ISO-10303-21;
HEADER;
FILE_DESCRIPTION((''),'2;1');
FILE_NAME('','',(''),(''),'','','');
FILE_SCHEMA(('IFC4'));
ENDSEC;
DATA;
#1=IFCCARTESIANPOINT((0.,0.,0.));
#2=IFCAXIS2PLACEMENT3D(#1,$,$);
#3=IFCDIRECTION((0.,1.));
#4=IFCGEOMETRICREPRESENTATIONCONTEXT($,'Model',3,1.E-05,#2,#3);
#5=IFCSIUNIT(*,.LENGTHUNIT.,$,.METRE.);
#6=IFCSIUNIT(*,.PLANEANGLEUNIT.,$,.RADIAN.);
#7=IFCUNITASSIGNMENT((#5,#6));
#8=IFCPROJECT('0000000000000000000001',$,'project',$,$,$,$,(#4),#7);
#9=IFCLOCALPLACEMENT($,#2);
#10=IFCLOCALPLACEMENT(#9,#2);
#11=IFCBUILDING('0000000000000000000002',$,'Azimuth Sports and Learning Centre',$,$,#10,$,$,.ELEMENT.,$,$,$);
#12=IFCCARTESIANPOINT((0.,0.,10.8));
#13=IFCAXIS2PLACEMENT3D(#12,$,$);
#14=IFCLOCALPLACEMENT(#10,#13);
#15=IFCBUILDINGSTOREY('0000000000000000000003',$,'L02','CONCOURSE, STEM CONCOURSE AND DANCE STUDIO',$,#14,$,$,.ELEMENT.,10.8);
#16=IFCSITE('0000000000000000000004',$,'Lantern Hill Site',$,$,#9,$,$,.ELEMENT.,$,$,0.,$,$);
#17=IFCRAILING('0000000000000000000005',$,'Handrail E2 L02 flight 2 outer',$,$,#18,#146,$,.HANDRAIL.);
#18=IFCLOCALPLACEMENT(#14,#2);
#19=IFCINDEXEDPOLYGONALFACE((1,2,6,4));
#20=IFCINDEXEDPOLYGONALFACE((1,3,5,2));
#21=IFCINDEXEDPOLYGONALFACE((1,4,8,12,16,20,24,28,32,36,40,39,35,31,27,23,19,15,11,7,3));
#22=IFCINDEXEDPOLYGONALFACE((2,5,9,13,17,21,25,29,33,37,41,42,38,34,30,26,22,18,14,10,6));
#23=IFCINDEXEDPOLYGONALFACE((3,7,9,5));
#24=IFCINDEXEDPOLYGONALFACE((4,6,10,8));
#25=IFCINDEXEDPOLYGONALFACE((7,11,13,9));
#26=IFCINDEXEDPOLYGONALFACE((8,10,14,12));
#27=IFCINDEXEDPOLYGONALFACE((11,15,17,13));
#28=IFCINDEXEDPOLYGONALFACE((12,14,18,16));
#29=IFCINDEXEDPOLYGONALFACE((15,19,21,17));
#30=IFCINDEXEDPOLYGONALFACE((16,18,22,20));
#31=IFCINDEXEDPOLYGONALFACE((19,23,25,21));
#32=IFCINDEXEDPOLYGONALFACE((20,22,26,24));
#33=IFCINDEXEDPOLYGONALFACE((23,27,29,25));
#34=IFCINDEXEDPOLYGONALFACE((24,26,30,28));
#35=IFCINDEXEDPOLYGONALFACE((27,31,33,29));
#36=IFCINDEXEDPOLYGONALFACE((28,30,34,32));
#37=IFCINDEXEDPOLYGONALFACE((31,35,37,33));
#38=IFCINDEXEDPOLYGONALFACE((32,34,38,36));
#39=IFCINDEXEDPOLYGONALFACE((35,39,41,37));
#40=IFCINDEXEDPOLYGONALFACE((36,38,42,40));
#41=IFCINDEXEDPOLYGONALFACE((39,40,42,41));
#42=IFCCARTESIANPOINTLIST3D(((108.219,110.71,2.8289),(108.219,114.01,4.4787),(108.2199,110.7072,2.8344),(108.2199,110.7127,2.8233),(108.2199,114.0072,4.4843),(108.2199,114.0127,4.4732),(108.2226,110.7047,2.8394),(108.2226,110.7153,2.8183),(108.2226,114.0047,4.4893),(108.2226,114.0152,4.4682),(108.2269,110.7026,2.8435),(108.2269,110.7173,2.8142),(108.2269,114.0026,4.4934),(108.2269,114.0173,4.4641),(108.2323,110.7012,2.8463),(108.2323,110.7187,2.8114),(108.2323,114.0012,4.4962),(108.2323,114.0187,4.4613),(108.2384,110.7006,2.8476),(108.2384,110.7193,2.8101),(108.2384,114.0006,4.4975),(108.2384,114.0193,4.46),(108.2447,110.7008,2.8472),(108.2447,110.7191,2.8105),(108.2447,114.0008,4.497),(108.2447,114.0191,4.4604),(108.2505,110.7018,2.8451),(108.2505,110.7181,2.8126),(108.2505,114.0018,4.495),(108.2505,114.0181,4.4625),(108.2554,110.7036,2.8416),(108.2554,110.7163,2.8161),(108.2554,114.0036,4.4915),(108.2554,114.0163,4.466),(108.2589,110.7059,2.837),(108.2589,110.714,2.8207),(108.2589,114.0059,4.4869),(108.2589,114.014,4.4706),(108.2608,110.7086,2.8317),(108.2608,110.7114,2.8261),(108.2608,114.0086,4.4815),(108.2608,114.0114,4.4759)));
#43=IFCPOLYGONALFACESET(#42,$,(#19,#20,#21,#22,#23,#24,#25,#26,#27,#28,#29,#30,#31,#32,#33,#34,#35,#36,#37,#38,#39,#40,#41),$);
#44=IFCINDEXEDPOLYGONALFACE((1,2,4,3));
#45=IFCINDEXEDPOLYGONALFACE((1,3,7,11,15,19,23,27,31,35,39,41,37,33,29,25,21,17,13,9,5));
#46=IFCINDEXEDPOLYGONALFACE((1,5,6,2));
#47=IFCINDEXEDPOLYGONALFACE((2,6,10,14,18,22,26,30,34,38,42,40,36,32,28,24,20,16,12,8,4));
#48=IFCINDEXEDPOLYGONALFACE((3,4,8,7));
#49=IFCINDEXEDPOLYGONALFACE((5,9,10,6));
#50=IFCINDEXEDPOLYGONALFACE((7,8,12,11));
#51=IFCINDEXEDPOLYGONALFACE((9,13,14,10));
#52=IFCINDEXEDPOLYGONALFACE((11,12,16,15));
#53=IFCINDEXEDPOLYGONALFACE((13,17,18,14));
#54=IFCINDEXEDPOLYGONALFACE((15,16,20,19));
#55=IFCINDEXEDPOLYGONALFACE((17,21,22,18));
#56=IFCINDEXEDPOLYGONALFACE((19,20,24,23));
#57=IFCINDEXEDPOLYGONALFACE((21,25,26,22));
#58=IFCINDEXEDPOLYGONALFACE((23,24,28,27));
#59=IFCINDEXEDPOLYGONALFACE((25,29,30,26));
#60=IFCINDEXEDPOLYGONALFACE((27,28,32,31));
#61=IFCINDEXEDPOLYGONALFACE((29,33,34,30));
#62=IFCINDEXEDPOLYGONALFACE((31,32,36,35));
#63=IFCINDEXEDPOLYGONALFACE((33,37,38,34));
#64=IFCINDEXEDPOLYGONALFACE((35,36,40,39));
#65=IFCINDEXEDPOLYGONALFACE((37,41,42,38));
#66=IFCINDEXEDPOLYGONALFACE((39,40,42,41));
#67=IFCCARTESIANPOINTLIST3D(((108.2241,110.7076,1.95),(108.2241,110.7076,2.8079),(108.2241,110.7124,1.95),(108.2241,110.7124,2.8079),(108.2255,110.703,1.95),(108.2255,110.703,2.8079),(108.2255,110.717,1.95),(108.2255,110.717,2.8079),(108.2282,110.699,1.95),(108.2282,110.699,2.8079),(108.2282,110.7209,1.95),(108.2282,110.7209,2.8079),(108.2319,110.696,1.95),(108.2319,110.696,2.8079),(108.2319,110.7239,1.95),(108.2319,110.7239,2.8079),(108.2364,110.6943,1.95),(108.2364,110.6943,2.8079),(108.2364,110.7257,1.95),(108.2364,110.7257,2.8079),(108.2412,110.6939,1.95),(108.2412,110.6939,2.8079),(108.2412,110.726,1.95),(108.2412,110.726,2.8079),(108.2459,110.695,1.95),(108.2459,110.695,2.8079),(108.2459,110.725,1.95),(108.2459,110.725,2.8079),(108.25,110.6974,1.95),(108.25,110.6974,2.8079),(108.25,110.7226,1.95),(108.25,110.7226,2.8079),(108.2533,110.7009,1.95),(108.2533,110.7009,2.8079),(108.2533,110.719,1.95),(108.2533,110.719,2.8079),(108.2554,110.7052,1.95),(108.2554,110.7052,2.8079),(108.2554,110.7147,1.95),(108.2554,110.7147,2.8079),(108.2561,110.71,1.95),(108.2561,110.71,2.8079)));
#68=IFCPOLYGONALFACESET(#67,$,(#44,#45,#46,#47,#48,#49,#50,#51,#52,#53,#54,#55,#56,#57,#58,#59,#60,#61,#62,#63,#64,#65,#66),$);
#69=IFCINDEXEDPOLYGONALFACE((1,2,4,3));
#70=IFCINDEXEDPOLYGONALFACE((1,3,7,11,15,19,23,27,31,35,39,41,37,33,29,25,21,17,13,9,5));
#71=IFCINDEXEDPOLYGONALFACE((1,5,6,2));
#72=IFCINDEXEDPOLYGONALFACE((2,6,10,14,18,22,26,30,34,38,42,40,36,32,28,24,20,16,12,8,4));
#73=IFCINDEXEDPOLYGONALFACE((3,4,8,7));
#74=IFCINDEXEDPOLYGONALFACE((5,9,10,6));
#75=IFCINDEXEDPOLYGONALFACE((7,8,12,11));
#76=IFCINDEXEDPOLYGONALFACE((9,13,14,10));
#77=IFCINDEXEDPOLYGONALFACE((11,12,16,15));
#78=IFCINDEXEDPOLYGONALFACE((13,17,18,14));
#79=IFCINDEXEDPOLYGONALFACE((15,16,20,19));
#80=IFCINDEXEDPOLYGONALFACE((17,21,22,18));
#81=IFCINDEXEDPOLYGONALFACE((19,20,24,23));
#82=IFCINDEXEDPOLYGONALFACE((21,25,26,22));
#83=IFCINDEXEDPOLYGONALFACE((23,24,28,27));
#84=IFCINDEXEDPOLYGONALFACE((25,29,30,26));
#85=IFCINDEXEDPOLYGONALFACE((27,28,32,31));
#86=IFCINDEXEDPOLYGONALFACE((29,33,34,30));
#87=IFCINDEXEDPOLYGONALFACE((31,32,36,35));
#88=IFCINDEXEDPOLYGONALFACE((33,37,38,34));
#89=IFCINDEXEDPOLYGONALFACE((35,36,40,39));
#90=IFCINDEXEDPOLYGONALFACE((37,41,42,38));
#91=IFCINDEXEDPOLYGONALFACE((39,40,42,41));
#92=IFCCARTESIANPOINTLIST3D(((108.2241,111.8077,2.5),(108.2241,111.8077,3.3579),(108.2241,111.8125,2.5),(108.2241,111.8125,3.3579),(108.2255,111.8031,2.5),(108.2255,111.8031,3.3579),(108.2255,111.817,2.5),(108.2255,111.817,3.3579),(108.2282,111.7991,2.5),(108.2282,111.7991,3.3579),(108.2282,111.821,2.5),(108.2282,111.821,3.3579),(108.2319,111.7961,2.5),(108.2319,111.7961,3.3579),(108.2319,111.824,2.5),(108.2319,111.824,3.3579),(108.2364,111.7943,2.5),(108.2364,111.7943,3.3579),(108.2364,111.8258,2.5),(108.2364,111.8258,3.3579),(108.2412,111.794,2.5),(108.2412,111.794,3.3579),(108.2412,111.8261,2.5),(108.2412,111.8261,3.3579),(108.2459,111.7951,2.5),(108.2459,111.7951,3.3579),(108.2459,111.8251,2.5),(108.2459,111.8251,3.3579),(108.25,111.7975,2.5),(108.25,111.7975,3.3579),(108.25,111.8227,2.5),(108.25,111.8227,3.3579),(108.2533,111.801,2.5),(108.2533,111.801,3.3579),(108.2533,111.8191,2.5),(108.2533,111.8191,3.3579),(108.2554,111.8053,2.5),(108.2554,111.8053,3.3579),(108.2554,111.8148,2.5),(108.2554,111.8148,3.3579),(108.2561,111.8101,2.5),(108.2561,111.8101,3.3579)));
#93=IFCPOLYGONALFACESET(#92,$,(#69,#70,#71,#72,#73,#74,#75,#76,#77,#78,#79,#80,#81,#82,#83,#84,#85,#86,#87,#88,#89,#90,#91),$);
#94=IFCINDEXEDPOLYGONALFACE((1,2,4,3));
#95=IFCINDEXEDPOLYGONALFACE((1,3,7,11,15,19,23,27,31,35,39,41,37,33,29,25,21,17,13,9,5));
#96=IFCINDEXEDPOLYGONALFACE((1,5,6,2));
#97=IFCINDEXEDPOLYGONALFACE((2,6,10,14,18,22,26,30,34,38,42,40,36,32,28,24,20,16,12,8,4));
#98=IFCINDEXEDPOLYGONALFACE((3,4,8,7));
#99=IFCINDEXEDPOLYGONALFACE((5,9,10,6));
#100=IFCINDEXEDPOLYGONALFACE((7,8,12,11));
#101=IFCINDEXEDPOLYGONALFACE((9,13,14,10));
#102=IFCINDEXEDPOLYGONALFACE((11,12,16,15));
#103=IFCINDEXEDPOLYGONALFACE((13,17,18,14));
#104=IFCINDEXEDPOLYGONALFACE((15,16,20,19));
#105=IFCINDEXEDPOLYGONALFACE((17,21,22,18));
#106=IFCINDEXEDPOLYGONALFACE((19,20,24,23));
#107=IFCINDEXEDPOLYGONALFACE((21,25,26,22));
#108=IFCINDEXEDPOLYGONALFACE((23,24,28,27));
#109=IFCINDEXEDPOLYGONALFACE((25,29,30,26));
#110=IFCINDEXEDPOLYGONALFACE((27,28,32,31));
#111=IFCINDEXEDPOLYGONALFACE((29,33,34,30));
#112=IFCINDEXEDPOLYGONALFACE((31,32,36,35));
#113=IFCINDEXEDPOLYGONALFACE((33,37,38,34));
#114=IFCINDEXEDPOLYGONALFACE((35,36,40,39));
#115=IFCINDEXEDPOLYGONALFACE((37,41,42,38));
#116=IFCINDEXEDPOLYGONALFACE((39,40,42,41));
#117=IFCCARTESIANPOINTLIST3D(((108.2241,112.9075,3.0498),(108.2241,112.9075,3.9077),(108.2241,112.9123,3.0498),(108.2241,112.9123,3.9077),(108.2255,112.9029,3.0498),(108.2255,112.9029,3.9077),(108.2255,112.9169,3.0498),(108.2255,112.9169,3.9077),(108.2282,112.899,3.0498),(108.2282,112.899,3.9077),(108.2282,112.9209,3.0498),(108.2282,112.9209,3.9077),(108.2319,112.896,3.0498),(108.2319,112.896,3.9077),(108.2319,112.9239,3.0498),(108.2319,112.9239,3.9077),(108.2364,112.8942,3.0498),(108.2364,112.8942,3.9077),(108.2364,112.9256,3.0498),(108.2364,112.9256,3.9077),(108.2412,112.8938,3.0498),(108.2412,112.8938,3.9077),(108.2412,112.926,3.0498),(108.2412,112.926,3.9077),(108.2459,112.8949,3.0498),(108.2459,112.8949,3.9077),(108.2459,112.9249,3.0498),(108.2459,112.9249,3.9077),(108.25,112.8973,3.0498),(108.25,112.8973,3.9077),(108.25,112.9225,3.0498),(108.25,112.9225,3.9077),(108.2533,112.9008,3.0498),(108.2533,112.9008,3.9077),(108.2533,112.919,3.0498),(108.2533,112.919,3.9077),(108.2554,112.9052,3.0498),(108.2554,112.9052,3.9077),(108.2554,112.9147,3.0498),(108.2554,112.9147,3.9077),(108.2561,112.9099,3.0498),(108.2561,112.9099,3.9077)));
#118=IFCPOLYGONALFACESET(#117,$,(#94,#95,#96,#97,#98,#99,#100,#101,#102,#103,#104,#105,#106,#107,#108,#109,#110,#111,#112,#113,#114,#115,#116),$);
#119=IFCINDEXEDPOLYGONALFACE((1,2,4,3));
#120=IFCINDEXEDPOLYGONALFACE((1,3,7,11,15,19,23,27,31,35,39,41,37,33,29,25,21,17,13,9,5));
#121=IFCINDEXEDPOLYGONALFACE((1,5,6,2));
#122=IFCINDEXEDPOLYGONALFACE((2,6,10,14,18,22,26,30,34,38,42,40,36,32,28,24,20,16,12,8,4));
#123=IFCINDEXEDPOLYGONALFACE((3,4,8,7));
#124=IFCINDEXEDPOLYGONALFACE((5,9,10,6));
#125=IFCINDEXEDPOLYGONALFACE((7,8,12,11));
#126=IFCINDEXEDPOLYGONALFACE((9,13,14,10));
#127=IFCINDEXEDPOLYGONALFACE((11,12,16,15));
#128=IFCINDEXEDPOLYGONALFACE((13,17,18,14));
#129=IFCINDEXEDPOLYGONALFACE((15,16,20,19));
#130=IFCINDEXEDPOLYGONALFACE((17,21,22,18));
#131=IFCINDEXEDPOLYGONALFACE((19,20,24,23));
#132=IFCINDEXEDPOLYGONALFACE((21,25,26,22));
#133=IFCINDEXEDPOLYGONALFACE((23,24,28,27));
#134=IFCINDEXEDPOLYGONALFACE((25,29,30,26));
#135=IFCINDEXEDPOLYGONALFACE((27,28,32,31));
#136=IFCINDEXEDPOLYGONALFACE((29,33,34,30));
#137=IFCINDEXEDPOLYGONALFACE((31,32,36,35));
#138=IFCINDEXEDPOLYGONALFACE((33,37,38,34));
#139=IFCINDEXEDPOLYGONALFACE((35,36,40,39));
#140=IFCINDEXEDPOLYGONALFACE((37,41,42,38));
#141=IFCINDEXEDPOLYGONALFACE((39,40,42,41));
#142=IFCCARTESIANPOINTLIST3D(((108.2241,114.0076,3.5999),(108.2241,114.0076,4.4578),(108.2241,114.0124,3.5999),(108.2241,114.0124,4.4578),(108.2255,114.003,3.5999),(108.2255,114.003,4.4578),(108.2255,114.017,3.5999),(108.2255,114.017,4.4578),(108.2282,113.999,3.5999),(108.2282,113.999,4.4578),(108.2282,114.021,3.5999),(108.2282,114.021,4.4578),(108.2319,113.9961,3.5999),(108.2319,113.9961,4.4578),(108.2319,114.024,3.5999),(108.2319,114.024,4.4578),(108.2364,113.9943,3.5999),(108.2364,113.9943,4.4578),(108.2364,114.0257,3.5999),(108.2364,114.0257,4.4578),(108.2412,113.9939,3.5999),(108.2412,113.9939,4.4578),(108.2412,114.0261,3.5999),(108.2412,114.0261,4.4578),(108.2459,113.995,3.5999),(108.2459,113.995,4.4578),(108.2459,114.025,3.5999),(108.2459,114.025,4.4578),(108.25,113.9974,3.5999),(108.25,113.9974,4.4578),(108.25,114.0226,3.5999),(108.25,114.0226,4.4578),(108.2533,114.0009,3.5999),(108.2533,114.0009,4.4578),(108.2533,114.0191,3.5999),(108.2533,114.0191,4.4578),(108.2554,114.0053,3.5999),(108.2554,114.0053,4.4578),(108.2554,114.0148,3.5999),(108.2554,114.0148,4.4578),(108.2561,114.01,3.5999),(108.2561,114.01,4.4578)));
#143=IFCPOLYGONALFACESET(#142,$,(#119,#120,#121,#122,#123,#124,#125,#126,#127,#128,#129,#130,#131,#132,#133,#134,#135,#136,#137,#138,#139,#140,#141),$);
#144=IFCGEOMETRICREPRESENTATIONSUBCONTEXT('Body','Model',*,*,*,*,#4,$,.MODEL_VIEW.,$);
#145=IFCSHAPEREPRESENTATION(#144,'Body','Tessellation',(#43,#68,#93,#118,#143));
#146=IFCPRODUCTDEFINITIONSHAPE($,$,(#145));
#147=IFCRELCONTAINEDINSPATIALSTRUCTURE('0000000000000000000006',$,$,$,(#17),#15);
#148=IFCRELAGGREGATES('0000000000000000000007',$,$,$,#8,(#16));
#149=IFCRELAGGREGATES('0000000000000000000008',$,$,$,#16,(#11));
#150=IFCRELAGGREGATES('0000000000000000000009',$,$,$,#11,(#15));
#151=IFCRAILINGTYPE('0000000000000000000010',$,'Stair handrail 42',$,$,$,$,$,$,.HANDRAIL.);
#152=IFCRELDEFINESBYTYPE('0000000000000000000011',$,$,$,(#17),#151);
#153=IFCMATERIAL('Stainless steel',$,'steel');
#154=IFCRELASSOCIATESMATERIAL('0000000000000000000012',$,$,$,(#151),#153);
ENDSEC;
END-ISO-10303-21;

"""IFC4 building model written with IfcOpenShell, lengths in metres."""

from ifc_helpers import new_model, si_unit, direction, frame, origin, origin_2d, place, context, subcontext, project, spatial, circle, extrude, material, type_object, element, save


model = new_model("IFC4")

# Units and contexts
model_context = context("Model", 3, precision=1e-05, world=origin(), true_north=direction((0.0, 1.0)))
body_context = subcontext(model_context, "Body", "Model", "MODEL_VIEW")
ifc_project = project(units=[si_unit("LENGTHUNIT", "METRE"), si_unit("PLANEANGLEUNIT", "RADIAN")], contexts=[model_context])

# Site, building, storey
site_placement = place(None, origin())
site = spatial("IfcSite", under=ifc_project, at=site_placement, Name="Lantern Hill Site", CompositionType="ELEMENT", RefElevation=0.0)
building_placement = place(site_placement, origin())
building = spatial("IfcBuilding", under=site, at=building_placement, Name="Azimuth Sports and Learning Centre", CompositionType="ELEMENT")
storey_placement = place(building_placement, frame((0.0, 0.0, 10.8)))
storey = spatial("IfcBuildingStorey", under=building, at=storey_placement, Name="L02", Description="CONCOURSE, STEM CONCOURSE AND DANCE STUDIO", CompositionType="ELEMENT", Elevation=10.8)

# Railing
ifc_material_1 = material(Name="Stainless steel", Category="steel")
railing_type_1 = type_object("IfcRailingType", Name="Stair handrail 42", PredefinedType="HANDRAIL", material=ifc_material_1)
for number, where, name in (
    (1, (108.24, 110.71, 1.95), "Handrail E2 L02 flight 2 outer"),
):
    element("IfcRailing", number, at=place(storey_placement, frame(where)), inside=storey, type_object=railing_type_1, Name=name, PredefinedType="HANDRAIL", context=body_context, shape_type="SweptSolid", body=[
        extrude(circle(Radius=0.021, at=origin_2d()), frame((0.0, 0.0, 0.8789), z_axis=(0.0, 0.89444, 0.447187), x_axis=(-1.0, 0.0, 0.0)), (0.0, 0.0, 1.0), 3.6895),
        extrude(circle(Radius=0.0161, at=origin_2d()), origin(), (0.0, 0.0, 1.0), 0.8579),
        extrude(circle(Radius=0.0161, at=origin_2d()), frame((0.0, 1.1001, 0.55)), (0.0, 0.0, 1.0), 0.8579),
        extrude(circle(Radius=0.0161, at=origin_2d()), frame((0.0, 2.2, 1.0999)), (0.0, 0.0, 1.0), 0.8579),
        extrude(circle(Radius=0.0161, at=origin_2d()), frame((0.0, 3.3, 1.6499)), (0.0, 0.0, 1.0), 0.8579),
    ])

save(model, "model.ifc")
